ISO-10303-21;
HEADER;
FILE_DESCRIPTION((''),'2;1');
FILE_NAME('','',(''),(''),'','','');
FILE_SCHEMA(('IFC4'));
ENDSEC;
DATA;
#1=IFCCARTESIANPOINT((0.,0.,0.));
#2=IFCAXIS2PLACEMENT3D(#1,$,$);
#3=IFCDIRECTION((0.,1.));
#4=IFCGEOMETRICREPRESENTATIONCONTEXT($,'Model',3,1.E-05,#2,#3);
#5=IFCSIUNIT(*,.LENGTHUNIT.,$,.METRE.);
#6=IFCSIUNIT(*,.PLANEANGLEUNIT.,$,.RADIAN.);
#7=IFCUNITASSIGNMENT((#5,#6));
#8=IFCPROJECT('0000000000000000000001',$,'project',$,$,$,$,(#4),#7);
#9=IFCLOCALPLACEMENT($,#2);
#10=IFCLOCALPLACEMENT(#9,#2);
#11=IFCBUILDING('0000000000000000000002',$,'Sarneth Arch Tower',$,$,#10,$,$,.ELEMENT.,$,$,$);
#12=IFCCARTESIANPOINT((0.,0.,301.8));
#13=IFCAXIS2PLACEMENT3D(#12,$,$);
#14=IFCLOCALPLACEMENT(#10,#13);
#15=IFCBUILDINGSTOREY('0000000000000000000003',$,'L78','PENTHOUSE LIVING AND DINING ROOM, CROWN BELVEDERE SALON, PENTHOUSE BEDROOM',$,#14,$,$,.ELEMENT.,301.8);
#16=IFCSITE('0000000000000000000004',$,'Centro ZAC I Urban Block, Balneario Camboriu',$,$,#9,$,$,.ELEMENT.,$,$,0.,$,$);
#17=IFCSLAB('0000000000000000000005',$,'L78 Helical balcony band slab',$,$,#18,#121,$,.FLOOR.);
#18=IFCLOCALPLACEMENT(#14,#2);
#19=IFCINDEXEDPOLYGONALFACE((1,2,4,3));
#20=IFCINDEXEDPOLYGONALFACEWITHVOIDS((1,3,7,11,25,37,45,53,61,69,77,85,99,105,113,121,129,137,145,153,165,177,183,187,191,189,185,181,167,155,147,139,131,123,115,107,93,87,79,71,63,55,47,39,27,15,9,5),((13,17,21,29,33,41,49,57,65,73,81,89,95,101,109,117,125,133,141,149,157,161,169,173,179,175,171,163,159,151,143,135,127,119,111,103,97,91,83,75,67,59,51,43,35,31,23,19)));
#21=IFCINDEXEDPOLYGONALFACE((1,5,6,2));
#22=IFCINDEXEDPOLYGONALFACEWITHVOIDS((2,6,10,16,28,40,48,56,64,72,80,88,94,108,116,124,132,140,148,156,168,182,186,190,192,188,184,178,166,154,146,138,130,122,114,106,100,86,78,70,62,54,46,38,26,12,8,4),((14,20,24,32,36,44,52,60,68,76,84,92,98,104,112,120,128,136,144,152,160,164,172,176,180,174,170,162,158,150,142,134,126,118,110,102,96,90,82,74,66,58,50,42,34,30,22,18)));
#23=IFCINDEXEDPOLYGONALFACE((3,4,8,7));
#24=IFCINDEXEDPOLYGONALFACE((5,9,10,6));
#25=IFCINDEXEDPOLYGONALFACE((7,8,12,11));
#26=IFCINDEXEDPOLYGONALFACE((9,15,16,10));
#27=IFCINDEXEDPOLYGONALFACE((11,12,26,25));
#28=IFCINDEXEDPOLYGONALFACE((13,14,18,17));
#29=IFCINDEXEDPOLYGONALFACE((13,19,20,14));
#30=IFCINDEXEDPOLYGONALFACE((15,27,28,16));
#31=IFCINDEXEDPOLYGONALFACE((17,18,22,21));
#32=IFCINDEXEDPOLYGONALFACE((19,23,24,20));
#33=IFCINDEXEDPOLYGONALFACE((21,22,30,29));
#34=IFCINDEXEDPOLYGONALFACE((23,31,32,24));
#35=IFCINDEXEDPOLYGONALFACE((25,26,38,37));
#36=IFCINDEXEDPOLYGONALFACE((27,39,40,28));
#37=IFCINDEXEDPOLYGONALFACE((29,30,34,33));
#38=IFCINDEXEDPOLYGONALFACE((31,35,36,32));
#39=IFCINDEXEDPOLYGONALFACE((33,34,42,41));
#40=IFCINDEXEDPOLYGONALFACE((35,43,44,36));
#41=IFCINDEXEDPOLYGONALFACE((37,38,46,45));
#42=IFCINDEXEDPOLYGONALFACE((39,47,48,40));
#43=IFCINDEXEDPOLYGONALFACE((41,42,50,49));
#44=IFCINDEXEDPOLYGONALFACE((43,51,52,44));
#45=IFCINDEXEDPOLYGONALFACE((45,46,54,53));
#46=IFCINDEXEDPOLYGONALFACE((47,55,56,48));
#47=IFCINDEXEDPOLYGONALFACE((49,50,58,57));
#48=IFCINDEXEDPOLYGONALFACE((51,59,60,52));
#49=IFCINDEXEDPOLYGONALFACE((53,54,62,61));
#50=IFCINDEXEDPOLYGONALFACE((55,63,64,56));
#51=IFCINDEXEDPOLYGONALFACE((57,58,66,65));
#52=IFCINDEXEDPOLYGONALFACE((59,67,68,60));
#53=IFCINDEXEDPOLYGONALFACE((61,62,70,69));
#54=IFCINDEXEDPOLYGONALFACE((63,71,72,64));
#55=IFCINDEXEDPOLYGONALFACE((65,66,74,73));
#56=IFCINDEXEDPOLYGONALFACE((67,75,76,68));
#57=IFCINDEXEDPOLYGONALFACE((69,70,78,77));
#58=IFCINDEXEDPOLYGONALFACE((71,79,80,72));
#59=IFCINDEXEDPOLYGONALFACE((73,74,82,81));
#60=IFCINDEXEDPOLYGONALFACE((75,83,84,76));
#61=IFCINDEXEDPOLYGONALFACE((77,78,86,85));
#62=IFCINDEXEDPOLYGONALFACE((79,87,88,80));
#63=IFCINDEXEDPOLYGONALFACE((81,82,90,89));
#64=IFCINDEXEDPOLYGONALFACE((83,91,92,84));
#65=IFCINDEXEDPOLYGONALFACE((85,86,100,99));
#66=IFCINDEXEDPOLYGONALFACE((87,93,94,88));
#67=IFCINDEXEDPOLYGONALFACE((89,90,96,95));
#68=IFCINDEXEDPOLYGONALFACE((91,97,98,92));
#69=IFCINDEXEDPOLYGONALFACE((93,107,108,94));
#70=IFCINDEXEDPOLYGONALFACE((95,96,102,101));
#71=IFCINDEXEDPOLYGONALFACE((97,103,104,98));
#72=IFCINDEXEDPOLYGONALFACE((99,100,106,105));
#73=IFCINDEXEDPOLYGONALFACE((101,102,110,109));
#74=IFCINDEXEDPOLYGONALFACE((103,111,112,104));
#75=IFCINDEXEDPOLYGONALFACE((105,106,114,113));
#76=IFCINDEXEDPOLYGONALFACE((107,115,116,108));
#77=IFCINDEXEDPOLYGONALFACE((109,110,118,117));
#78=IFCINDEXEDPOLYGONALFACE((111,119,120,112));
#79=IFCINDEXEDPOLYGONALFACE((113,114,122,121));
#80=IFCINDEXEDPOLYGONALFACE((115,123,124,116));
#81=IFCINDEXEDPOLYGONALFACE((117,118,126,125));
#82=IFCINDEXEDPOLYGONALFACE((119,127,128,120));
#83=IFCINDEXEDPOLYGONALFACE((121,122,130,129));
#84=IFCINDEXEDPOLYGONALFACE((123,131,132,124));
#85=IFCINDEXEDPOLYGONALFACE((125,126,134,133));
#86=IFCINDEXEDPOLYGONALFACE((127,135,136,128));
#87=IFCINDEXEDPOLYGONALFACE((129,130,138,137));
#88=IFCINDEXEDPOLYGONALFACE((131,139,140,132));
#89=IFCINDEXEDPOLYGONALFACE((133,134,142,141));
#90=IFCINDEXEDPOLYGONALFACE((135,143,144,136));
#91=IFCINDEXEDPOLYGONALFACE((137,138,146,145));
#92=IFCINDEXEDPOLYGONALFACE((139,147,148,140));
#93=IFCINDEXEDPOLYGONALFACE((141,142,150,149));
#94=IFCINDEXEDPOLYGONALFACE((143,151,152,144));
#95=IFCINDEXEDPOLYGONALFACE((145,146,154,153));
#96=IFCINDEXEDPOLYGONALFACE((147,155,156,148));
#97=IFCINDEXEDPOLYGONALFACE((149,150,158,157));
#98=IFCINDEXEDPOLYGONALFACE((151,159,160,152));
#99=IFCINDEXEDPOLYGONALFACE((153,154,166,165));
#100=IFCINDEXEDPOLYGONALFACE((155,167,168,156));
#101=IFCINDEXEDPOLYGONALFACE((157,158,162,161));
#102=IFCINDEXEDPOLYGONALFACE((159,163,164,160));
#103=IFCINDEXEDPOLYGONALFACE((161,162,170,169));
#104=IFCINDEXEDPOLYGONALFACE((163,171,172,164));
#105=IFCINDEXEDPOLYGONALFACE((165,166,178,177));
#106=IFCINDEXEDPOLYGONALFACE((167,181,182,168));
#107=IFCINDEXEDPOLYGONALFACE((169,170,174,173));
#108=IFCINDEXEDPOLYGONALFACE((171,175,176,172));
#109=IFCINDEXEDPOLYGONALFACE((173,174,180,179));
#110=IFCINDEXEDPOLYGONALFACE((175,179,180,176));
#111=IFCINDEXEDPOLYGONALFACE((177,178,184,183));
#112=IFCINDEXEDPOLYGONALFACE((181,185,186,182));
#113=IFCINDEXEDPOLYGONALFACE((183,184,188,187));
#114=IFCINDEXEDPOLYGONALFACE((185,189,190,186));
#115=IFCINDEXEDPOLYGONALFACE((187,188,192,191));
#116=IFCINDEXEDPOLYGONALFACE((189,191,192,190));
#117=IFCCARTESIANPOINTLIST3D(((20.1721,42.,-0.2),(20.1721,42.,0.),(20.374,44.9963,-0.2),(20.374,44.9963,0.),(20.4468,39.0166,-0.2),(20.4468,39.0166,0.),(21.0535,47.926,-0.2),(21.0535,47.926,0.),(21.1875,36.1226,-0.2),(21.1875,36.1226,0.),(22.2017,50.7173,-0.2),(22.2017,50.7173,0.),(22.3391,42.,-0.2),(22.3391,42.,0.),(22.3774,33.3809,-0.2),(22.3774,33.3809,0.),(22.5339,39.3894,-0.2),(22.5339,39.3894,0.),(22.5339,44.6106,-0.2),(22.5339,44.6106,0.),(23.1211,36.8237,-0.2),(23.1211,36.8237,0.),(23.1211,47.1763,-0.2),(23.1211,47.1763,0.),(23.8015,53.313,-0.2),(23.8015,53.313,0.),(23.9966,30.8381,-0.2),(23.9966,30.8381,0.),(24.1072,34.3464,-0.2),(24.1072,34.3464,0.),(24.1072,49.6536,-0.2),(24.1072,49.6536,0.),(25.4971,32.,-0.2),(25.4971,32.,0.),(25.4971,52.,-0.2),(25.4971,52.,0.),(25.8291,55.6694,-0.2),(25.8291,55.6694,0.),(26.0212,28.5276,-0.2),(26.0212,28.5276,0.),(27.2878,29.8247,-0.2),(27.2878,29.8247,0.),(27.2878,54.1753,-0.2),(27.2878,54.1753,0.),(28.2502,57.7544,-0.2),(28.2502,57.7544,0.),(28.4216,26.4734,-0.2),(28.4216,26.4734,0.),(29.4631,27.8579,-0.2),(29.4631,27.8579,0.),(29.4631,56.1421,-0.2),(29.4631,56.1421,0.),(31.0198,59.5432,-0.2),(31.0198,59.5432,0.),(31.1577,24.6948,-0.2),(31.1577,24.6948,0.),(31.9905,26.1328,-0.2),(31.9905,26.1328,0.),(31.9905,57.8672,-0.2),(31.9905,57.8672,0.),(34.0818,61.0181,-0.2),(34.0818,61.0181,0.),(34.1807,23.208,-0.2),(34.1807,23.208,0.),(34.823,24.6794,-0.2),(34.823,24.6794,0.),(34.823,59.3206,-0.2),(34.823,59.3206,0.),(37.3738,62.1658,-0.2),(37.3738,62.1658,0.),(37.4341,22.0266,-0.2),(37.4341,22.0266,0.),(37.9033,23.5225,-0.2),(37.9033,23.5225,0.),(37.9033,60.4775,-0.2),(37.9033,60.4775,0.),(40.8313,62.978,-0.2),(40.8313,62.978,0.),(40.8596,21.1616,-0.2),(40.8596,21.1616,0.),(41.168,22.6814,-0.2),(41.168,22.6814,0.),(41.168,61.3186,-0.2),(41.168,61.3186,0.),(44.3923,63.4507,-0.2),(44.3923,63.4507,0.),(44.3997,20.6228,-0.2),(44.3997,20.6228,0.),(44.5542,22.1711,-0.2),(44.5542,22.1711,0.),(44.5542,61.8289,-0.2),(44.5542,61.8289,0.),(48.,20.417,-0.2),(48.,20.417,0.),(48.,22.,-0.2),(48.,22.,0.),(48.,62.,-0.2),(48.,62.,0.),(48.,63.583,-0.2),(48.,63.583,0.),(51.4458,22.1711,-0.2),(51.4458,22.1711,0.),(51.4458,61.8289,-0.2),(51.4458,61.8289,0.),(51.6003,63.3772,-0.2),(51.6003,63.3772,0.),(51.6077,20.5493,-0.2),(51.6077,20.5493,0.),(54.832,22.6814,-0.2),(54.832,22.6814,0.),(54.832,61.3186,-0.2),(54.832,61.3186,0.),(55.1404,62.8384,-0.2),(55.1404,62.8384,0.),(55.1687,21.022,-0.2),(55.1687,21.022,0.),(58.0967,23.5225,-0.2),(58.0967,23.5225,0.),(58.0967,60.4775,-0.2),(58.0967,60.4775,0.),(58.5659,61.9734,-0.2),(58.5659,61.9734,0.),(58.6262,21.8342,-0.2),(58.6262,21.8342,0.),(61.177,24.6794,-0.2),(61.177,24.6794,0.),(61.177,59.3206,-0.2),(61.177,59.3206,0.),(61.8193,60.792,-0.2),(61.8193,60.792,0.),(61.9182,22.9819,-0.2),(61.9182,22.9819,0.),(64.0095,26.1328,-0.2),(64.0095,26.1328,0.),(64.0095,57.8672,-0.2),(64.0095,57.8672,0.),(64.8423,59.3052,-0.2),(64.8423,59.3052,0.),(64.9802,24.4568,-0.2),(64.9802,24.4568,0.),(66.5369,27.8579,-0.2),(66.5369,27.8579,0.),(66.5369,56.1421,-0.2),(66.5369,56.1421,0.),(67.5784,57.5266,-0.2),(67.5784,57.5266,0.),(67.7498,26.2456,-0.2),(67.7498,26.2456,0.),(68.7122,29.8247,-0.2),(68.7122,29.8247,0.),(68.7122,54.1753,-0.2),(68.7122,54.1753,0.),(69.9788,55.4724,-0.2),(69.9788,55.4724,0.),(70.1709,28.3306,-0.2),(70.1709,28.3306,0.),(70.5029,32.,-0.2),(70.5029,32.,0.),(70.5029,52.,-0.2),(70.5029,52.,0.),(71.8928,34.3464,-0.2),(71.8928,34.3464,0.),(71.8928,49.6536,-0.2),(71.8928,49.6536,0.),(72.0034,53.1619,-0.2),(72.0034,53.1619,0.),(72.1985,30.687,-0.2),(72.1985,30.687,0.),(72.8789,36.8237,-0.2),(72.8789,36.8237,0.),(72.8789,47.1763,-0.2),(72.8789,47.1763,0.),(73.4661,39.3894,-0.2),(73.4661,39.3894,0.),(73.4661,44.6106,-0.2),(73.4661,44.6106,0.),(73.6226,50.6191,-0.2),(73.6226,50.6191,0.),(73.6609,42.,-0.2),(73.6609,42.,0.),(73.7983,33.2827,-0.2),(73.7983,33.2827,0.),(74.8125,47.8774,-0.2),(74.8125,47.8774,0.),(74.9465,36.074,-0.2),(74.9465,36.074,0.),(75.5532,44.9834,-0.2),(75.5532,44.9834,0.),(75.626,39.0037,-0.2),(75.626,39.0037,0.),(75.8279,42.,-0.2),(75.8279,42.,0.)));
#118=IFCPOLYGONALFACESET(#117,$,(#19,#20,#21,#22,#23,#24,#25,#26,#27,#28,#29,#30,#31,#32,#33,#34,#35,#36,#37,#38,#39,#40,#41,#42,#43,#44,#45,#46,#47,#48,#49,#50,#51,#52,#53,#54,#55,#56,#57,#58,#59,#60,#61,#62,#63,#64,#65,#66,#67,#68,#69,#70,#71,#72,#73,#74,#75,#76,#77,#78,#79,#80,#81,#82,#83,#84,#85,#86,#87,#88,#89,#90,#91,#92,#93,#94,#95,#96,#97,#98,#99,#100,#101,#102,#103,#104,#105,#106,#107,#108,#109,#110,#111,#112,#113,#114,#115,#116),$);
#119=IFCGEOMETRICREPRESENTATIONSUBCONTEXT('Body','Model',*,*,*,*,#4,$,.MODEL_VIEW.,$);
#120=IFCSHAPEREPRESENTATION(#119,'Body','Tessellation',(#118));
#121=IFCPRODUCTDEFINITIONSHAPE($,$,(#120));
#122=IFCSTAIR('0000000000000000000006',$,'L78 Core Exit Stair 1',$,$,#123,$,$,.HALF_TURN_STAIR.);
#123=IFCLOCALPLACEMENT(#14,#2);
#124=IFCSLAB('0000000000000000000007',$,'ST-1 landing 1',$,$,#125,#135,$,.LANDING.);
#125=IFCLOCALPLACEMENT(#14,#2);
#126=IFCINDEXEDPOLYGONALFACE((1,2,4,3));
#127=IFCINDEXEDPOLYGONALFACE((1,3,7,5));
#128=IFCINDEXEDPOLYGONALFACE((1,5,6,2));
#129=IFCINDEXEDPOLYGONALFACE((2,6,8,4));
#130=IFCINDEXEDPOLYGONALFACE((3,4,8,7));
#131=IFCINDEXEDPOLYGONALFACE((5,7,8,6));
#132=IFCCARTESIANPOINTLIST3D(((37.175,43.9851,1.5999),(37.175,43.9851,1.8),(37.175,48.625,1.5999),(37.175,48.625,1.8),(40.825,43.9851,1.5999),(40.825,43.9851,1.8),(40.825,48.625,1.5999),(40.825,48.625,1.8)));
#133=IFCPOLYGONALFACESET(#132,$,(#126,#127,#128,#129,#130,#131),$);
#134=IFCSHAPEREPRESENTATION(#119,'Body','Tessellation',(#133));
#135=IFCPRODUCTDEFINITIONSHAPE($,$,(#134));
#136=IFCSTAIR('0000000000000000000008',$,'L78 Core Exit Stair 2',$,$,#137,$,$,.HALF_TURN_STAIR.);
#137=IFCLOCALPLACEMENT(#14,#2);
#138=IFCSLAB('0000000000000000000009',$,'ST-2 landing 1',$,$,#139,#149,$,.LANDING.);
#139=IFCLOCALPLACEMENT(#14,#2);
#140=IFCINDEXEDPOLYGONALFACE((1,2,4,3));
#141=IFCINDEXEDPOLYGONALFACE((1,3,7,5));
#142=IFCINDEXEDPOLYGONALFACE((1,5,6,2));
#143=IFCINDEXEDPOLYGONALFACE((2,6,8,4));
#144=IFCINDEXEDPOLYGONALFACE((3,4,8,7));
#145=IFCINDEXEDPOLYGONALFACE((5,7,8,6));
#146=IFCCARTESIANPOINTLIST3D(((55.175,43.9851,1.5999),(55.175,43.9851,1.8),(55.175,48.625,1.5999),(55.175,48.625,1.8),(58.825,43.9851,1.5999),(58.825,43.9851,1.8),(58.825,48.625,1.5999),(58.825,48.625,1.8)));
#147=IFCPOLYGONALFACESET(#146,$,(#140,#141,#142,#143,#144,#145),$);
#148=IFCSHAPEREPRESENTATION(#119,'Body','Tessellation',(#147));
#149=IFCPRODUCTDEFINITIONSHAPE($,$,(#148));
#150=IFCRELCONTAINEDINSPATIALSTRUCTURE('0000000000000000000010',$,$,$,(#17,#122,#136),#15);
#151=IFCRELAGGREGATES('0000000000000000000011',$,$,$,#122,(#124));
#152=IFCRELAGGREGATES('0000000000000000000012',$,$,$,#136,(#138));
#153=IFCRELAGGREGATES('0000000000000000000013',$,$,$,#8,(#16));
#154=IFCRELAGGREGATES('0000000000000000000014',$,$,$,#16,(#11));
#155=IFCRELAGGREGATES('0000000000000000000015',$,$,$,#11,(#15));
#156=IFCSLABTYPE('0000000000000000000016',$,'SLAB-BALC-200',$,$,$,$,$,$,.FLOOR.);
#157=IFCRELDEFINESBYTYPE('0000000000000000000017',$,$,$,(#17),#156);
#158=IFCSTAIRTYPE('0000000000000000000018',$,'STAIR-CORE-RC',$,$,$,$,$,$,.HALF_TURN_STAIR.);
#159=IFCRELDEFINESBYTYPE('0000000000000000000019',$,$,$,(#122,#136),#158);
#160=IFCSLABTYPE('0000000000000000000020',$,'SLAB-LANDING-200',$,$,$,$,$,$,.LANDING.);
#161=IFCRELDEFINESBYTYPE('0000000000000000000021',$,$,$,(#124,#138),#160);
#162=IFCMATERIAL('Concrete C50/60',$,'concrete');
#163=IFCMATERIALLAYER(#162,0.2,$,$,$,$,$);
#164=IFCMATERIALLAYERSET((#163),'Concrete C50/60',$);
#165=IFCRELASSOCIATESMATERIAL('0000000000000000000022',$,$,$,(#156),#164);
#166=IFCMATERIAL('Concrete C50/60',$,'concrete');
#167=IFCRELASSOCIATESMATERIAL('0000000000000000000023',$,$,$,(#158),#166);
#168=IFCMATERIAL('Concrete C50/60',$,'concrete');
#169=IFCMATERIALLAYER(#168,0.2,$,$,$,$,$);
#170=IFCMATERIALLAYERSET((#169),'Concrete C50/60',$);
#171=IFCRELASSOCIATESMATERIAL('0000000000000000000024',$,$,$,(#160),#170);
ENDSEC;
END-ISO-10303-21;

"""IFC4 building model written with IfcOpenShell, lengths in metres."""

from ifc_helpers import new_model, si_unit, direction, frame, origin, place, context, subcontext, project, spatial, polyline, outline, extrude, material, layer, layer_set, type_object, element, aggregate, save


model = new_model("IFC4")

# Units and contexts
model_context = context("Model", 3, precision=1e-05, world=origin(), true_north=direction((0.0, 1.0)))
body_context = subcontext(model_context, "Body", "Model", "MODEL_VIEW")
ifc_project = project(units=[si_unit("LENGTHUNIT", "METRE"), si_unit("PLANEANGLEUNIT", "RADIAN")], contexts=[model_context])

# Site, building, storey
site_placement = place(None, origin())
site = spatial("IfcSite", under=ifc_project, at=site_placement, Name="Centro ZAC I Urban Block, Balneario Camboriu", CompositionType="ELEMENT", RefElevation=0.0)
building_placement = place(site_placement, origin())
building = spatial("IfcBuilding", under=site, at=building_placement, Name="Sarneth Arch Tower", CompositionType="ELEMENT")
storey_placement = place(building_placement, frame((0.0, 0.0, 301.8)))
storey = spatial("IfcBuildingStorey", under=building, at=storey_placement, Name="L78", Description="PENTHOUSE LIVING AND DINING ROOM, CROWN BELVEDERE SALON, PENTHOUSE BEDROOM", CompositionType="ELEMENT", Elevation=301.8)

# Slab
ifc_material_1 = material(Name="Concrete C50/60", Category="concrete")
ifc_layer_1 = layer(ifc_material_1, 0.2)
ifc_layer_set_1 = layer_set([ifc_layer_1], Name="Concrete C50/60")
slab_type_1 = type_object("IfcSlabType", Name="SLAB-BALC-200", PredefinedType="FLOOR", material=ifc_layer_set_1)
slab_1_placement = place(storey_placement, frame((0.0, 0.0, -0.2)))
element("IfcSlab", 1, at=slab_1_placement, inside=storey, type_object=slab_type_1, Name="L78 Helical balcony band slab", PredefinedType="FLOOR", context=body_context, shape_type="SweptSolid", body=[
    extrude(outline(polyline([(75.8279, 42.0), (75.5532, 44.9834), (74.8125, 47.8774), (73.6226, 50.6191), (72.0034, 53.1619), (69.9788, 55.4724), (67.5784, 57.5266), (64.8423, 59.3052), (61.8193, 60.792), (58.5659, 61.9734), (55.1404, 62.8384), (51.6003, 63.3772), (48.0, 63.583), (44.3923, 63.4507), (40.8313, 62.978), (37.3738, 62.1658), (34.0818, 61.0181), (31.0198, 59.5432), (28.2502, 57.7544), (25.8291, 55.6694), (23.8015, 53.313), (22.2017, 50.7173), (21.0535, 47.926), (20.374, 44.9963), (20.1721, 42.0), (20.4468, 39.0166), (21.1875, 36.1226), (22.3774, 33.3809), (23.9966, 30.8381), (26.0212, 28.5276), (28.4216, 26.4734), (31.1577, 24.6948), (34.1807, 23.208), (37.4341, 22.0266), (40.8596, 21.1616), (44.3997, 20.6228), (48.0, 20.417), (51.6077, 20.5493), (55.1687, 21.022), (58.6262, 21.8342), (61.9182, 22.9819), (64.9802, 24.4568), (67.7498, 26.2456), (70.1709, 28.3306), (72.1985, 30.687), (73.7983, 33.2827), (74.9465, 36.074), (75.626, 39.0037), (75.8279, 42.0)]), holes=[polyline([(73.6609, 42.0), (73.4661, 44.6106), (72.8789, 47.1763), (71.8928, 49.6536), (70.5029, 52.0), (68.7122, 54.1753), (66.5369, 56.1421), (64.0095, 57.8672), (61.177, 59.3206), (58.0967, 60.4775), (54.832, 61.3186), (51.4458, 61.8289), (48.0, 62.0), (44.5542, 61.8289), (41.168, 61.3186), (37.9033, 60.4775), (34.823, 59.3206), (31.9905, 57.8672), (29.4631, 56.1421), (27.2878, 54.1753), (25.4971, 52.0), (24.1072, 49.6536), (23.1211, 47.1763), (22.5339, 44.6106), (22.3391, 42.0), (22.5339, 39.3894), (23.1211, 36.8237), (24.1072, 34.3464), (25.4971, 32.0), (27.2878, 29.8247), (29.4631, 27.8579), (31.9905, 26.1328), (34.823, 24.6794), (37.9033, 23.5225), (41.168, 22.6814), (44.5542, 22.1711), (48.0, 22.0), (51.4458, 22.1711), (54.832, 22.6814), (58.0967, 23.5225), (61.177, 24.6794), (64.0095, 26.1328), (66.5369, 27.8579), (68.7122, 29.8247), (70.5029, 32.0), (71.8928, 34.3464), (72.8789, 36.8237), (73.4661, 39.3894), (73.6609, 42.0)])]), origin(), (0.0, 0.0, 1.0), 0.2),
])

# Stairs, slabs
ifc_material_2 = material(Name="Concrete C50/60", Category="concrete")
stair_type = type_object("IfcStairType", Name="STAIR-CORE-RC", PredefinedType="HALF_TURN_STAIR", material=ifc_material_2)
stair_1_placement = place(storey_placement, origin())
stair_1 = element("IfcStair", 2, at=stair_1_placement, inside=storey, type_object=stair_type, Name="L78 Core Exit Stair 1", PredefinedType="HALF_TURN_STAIR")
ifc_material_3 = material(Name="Concrete C50/60", Category="concrete")
ifc_layer_2 = layer(ifc_material_3, 0.2)
ifc_layer_set_2 = layer_set([ifc_layer_2], Name="Concrete C50/60")
slab_type_2 = type_object("IfcSlabType", Name="SLAB-LANDING-200", PredefinedType="LANDING", material=ifc_layer_set_2)
slab_2_placement = place(storey_placement, frame((0.0, 0.0, 1.5999)))
slab_2 = element("IfcSlab", 3, at=slab_2_placement, type_object=slab_type_2, Name="ST-1 landing 1", PredefinedType="LANDING", context=body_context, shape_type="SweptSolid", body=[
    extrude(outline(polyline([(37.175, 43.9851), (40.825, 43.9851), (40.825, 48.625), (37.175, 48.625), (37.175, 43.9851)])), origin(), (0.0, 0.0, 1.0), 0.2002),
])
aggregate(stair_1, [slab_2])
stair_2_placement = place(storey_placement, origin())
stair_2 = element("IfcStair", 4, at=stair_2_placement, inside=storey, type_object=stair_type, Name="L78 Core Exit Stair 2", PredefinedType="HALF_TURN_STAIR")
slab_3_placement = place(storey_placement, frame((0.0, 0.0, 1.5999)))
slab_3 = element("IfcSlab", 5, at=slab_3_placement, type_object=slab_type_2, Name="ST-2 landing 1", PredefinedType="LANDING", context=body_context, shape_type="SweptSolid", body=[
    extrude(outline(polyline([(55.175, 43.9851), (58.825, 43.9851), (58.825, 48.625), (55.175, 48.625), (55.175, 43.9851)])), origin(), (0.0, 0.0, 1.0), 0.2002),
])
aggregate(stair_2, [slab_3])

save(model, "model.ifc")
